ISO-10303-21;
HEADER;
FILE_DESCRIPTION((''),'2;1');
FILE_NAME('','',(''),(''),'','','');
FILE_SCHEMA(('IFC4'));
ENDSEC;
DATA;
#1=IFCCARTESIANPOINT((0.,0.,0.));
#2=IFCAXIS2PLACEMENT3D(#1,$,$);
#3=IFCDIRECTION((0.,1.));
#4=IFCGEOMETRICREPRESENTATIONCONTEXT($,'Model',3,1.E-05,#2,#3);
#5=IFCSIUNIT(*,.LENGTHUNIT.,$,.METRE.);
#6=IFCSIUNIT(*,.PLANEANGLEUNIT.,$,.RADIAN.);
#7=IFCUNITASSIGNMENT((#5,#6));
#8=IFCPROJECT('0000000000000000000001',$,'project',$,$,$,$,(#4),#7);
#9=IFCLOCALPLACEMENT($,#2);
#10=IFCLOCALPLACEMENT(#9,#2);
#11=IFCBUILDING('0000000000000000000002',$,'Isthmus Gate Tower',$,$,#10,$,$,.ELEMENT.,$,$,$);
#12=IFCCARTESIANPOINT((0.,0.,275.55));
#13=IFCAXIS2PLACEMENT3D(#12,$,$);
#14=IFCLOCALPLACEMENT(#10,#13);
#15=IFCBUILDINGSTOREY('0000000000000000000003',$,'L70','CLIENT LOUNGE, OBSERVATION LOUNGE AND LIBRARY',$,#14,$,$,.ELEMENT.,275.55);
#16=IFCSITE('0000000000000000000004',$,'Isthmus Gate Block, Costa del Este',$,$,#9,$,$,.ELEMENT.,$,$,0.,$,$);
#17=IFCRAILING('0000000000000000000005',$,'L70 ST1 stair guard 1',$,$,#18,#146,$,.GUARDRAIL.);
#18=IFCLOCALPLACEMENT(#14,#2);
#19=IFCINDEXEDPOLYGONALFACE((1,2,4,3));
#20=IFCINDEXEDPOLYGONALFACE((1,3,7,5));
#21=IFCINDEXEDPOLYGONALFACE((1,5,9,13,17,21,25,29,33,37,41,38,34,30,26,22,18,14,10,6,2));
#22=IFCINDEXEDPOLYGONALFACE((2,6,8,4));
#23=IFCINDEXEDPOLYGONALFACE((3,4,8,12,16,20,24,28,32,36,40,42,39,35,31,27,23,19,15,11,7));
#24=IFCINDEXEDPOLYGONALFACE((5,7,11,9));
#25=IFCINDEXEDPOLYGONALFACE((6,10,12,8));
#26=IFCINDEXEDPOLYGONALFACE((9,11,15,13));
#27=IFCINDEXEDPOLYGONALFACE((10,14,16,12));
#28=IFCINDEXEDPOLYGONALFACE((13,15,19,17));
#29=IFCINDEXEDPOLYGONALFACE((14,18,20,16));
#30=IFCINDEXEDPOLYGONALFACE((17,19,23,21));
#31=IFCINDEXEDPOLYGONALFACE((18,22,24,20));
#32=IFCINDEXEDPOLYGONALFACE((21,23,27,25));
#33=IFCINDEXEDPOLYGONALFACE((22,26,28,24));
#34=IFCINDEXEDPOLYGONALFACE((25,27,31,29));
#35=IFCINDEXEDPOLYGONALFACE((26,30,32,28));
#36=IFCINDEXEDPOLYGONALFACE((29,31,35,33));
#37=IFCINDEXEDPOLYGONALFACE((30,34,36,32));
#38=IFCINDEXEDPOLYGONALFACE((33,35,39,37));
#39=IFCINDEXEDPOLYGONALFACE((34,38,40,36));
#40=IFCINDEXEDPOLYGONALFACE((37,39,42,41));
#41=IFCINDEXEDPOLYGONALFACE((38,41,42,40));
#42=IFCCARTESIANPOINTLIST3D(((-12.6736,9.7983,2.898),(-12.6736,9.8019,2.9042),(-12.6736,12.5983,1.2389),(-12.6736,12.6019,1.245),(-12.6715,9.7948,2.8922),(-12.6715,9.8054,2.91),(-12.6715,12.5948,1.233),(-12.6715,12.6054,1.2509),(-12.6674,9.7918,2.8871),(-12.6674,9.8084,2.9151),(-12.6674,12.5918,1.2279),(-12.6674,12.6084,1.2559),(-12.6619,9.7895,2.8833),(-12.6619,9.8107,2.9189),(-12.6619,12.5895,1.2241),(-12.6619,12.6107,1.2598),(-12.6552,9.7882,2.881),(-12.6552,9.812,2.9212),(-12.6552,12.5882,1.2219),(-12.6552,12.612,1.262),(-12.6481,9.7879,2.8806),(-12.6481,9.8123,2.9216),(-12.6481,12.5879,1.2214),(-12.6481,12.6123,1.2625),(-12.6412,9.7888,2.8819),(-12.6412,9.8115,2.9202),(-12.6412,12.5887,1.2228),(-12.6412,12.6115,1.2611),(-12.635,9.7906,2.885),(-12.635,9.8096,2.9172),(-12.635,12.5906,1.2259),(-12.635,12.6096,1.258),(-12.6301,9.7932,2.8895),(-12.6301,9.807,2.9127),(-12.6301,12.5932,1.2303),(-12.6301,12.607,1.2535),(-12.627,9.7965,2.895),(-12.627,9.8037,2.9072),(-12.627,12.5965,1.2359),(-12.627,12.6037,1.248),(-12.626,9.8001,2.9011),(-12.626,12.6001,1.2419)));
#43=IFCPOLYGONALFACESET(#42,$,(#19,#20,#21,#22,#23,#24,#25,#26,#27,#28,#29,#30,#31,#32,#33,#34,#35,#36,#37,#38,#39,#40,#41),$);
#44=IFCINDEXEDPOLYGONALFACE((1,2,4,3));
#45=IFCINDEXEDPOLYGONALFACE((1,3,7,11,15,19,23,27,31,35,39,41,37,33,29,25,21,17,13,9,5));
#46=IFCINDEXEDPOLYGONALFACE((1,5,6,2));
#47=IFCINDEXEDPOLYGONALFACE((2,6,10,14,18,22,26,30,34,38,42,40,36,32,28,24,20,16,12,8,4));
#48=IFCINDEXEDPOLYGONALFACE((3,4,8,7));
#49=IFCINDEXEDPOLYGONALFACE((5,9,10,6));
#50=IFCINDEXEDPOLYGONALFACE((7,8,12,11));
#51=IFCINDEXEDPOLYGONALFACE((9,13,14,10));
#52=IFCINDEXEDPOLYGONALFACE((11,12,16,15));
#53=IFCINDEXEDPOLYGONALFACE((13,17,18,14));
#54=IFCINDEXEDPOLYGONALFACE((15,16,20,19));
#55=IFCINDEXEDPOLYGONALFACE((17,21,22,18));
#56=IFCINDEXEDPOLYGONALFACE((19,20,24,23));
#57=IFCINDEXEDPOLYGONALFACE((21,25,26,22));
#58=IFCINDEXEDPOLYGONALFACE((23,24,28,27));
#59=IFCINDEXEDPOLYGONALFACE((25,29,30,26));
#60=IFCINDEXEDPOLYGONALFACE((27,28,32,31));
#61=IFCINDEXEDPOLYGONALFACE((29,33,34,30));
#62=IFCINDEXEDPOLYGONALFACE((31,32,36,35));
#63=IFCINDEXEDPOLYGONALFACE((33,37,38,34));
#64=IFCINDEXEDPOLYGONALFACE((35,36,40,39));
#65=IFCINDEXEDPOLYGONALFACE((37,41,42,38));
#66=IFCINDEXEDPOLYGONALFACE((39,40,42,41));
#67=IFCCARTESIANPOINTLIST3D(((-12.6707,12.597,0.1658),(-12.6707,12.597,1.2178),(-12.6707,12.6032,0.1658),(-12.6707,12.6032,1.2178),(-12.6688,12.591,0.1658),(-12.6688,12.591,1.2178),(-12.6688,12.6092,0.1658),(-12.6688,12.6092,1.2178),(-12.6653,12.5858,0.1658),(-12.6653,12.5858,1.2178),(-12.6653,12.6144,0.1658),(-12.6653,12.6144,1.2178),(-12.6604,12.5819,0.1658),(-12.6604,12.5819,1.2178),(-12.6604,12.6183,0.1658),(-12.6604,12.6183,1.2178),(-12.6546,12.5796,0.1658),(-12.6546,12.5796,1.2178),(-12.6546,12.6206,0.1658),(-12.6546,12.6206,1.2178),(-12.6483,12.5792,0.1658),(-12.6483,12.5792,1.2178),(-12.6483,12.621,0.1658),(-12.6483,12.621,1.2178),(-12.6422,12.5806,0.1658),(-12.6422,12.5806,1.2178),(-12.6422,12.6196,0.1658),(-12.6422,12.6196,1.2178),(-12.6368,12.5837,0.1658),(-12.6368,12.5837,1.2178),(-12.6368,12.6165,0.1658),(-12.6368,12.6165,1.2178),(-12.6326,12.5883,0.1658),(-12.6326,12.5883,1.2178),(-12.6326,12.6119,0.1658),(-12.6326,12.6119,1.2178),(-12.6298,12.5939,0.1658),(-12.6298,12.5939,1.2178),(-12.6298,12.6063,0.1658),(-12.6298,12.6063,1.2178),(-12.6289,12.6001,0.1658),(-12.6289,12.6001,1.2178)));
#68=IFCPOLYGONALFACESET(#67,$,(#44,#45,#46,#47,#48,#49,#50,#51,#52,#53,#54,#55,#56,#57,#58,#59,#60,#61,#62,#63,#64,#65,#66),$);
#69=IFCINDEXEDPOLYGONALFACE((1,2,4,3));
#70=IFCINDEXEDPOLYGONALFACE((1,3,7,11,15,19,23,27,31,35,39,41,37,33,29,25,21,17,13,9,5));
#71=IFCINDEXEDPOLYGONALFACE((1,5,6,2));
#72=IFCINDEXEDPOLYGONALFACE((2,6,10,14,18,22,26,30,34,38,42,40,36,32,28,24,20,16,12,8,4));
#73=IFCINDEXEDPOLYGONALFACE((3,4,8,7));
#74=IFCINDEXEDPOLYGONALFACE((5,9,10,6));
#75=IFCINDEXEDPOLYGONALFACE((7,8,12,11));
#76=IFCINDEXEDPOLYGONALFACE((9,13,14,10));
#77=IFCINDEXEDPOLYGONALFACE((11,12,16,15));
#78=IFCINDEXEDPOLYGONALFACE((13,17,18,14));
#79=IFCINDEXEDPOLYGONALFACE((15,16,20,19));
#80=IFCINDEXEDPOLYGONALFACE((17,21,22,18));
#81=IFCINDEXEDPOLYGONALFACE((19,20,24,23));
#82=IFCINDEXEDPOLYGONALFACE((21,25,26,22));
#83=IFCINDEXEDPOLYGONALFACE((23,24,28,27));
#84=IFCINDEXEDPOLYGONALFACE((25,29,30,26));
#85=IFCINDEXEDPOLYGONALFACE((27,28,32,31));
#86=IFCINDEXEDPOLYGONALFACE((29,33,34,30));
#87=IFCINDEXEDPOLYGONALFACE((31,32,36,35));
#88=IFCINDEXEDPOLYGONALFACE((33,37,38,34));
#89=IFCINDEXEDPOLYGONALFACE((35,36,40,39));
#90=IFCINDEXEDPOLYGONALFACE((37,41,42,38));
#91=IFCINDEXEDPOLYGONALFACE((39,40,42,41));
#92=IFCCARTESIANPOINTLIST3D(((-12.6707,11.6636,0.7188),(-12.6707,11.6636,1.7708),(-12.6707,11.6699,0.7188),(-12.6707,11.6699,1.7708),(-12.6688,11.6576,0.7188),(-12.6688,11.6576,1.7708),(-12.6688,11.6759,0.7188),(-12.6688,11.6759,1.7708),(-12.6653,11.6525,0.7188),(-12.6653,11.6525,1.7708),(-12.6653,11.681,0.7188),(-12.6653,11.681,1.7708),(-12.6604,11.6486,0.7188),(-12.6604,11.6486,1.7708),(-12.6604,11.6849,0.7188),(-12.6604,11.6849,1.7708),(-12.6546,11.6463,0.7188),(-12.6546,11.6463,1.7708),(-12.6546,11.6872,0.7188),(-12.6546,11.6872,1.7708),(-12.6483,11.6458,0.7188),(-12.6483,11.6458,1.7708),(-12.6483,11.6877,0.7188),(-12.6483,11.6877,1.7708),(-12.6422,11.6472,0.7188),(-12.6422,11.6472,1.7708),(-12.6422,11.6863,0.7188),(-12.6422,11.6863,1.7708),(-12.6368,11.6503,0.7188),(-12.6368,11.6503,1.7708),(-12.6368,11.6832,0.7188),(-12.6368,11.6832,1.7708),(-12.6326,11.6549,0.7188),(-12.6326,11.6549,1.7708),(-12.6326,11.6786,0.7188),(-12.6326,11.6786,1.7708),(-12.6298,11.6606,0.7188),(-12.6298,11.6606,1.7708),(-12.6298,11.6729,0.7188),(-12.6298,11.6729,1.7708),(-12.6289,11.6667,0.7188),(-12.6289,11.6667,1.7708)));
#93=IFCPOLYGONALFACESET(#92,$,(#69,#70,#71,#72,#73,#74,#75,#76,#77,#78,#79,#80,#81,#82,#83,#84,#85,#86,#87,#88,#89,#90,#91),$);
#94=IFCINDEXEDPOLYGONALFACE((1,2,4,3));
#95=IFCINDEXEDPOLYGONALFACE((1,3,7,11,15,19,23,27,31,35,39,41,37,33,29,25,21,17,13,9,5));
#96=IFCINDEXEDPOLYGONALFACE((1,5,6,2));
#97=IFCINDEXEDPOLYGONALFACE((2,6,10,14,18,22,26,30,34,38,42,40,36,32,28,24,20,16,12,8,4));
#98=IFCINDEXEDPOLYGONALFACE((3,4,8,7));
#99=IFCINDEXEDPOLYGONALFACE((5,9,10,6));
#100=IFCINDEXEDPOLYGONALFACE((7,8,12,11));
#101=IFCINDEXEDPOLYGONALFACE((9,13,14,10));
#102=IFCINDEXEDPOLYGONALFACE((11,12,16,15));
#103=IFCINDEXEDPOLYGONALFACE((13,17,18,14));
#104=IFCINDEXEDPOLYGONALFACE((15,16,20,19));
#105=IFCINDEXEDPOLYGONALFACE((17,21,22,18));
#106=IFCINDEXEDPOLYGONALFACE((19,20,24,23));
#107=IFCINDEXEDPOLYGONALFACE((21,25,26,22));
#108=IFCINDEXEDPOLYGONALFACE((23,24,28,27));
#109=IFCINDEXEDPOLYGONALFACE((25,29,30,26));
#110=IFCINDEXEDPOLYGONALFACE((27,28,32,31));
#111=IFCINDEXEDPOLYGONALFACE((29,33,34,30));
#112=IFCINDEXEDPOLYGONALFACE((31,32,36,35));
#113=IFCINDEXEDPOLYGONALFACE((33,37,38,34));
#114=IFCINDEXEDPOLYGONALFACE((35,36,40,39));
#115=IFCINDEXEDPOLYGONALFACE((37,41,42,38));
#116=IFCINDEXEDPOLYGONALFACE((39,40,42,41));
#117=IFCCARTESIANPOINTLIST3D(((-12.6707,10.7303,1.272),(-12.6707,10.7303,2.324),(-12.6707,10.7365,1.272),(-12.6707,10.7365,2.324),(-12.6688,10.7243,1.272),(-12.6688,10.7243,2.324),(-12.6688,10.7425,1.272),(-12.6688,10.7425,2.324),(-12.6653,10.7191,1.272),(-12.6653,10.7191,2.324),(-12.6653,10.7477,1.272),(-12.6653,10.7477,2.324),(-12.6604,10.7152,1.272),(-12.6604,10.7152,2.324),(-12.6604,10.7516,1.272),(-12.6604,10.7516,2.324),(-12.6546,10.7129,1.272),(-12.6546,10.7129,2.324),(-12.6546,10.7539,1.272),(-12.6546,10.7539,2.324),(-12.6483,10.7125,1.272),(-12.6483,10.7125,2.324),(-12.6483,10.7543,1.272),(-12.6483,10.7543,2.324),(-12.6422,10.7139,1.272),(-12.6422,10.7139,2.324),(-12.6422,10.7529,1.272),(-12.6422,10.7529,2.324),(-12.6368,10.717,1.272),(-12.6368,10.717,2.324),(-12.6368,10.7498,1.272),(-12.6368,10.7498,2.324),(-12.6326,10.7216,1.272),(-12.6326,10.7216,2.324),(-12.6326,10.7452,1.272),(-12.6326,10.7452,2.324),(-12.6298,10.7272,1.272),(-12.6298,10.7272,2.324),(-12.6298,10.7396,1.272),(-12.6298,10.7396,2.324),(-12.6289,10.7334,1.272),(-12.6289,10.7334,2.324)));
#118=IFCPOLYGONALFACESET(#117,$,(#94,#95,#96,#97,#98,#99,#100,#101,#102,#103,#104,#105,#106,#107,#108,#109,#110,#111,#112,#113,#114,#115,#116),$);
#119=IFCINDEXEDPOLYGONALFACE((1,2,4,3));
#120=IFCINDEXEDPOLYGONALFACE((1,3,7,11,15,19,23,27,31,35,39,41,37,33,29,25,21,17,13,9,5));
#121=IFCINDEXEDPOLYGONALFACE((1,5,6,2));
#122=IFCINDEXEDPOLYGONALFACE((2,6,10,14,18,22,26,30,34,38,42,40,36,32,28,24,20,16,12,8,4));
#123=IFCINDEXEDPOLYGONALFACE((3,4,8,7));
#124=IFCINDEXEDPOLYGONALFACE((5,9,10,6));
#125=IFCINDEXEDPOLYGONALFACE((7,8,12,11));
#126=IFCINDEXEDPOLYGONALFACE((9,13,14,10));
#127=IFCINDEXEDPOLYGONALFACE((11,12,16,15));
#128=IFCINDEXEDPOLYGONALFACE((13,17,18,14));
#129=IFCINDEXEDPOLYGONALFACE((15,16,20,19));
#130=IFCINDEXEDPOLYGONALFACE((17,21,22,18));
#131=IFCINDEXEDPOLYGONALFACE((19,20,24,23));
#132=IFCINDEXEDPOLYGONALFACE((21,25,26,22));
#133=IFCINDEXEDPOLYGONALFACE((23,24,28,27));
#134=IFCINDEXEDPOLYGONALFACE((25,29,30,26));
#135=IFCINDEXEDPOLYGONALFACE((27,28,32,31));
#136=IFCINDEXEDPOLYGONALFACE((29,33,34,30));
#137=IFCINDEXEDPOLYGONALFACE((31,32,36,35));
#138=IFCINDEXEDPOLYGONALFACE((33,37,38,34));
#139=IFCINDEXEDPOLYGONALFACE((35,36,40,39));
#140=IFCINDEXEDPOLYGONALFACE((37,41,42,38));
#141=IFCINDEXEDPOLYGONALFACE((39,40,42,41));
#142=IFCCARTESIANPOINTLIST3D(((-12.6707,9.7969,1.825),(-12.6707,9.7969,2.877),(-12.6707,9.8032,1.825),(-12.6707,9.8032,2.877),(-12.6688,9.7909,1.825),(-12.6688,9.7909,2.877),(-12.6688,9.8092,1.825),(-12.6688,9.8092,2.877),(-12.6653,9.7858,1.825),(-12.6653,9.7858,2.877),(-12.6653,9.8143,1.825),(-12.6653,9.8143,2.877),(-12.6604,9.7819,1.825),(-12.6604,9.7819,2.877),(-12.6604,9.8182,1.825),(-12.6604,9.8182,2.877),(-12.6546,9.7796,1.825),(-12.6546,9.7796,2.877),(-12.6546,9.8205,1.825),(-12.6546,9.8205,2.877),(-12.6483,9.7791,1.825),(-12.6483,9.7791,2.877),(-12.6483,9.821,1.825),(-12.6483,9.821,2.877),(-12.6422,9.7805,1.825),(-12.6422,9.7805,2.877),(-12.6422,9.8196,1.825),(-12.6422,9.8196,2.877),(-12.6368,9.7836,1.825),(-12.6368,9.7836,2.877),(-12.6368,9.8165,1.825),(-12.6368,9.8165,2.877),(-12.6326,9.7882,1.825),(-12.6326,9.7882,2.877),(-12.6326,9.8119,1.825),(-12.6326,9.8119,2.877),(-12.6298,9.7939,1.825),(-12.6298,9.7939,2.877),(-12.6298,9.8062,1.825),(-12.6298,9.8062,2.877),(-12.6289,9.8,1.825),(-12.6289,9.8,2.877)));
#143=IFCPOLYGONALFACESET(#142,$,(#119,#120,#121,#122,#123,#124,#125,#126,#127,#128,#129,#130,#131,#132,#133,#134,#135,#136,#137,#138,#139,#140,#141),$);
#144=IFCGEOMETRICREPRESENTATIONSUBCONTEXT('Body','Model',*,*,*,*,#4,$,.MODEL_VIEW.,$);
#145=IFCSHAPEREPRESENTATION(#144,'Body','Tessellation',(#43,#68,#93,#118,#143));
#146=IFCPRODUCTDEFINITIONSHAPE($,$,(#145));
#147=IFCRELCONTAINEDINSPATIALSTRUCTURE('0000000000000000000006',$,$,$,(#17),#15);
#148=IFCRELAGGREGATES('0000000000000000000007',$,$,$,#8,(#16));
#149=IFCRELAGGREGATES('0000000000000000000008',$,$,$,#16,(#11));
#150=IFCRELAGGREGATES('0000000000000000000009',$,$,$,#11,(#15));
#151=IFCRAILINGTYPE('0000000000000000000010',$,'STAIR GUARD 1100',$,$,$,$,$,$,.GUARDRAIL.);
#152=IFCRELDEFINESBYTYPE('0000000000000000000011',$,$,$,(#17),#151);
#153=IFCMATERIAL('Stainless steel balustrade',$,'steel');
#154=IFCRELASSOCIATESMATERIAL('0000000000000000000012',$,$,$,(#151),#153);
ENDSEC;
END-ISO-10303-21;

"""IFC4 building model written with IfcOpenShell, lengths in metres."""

from ifc_helpers import new_model, si_unit, direction, frame, origin, origin_2d, place, context, subcontext, project, spatial, circle, extrude, material, type_object, element, save


model = new_model("IFC4")

# Units and contexts
model_context = context("Model", 3, precision=1e-05, world=origin(), true_north=direction((0.0, 1.0)))
body_context = subcontext(model_context, "Body", "Model", "MODEL_VIEW")
ifc_project = project(units=[si_unit("LENGTHUNIT", "METRE"), si_unit("PLANEANGLEUNIT", "RADIAN")], contexts=[model_context])

# Site, building, storey
site_placement = place(None, origin())
site = spatial("IfcSite", under=ifc_project, at=site_placement, Name="Isthmus Gate Block, Costa del Este", CompositionType="ELEMENT", RefElevation=0.0)
building_placement = place(site_placement, origin())
building = spatial("IfcBuilding", under=site, at=building_placement, Name="Isthmus Gate Tower", CompositionType="ELEMENT")
storey_placement = place(building_placement, frame((0.0, 0.0, 275.55)))
storey = spatial("IfcBuildingStorey", under=building, at=storey_placement, Name="L70", Description="CLIENT LOUNGE, OBSERVATION LOUNGE AND LIBRARY", CompositionType="ELEMENT", Elevation=275.55)

# Railing
ifc_material_1 = material(Name="Stainless steel balustrade", Category="steel")
railing_type = type_object("IfcRailingType", Name="STAIR GUARD 1100", PredefinedType="GUARDRAIL", material=ifc_material_1)
railing_1_placement = place(storey_placement, frame((-12.6499, 12.6001, 0.1658)))
element("IfcRailing", 1, at=railing_1_placement, inside=storey, type_object=railing_type, Name="L70 ST1 stair guard 1", PredefinedType="GUARDRAIL", context=body_context, shape_type="SweptSolid", body=[
    extrude(circle(Radius=0.0239, at=origin_2d()), frame((0.0, 0.0, 1.0762), z_axis=(0.0, -0.860306, 0.509778), x_axis=(1.0, 0.0, 0.0)), (0.0, 0.0, 1.0), 3.2546),
    extrude(circle(Radius=0.021, at=origin_2d()), origin(), (0.0, 0.0, 1.0), 1.052),
    extrude(circle(Radius=0.021, at=origin_2d()), frame((0.0, -0.9333, 0.553)), (0.0, 0.0, 1.0), 1.052),
    extrude(circle(Radius=0.021, at=origin_2d()), frame((0.0, -1.8667, 1.1062)), (0.0, 0.0, 1.0), 1.052),
    extrude(circle(Radius=0.021, at=origin_2d()), frame((0.0, -2.8, 1.6592)), (0.0, 0.0, 1.0), 1.052),
])

save(model, "model.ifc")
